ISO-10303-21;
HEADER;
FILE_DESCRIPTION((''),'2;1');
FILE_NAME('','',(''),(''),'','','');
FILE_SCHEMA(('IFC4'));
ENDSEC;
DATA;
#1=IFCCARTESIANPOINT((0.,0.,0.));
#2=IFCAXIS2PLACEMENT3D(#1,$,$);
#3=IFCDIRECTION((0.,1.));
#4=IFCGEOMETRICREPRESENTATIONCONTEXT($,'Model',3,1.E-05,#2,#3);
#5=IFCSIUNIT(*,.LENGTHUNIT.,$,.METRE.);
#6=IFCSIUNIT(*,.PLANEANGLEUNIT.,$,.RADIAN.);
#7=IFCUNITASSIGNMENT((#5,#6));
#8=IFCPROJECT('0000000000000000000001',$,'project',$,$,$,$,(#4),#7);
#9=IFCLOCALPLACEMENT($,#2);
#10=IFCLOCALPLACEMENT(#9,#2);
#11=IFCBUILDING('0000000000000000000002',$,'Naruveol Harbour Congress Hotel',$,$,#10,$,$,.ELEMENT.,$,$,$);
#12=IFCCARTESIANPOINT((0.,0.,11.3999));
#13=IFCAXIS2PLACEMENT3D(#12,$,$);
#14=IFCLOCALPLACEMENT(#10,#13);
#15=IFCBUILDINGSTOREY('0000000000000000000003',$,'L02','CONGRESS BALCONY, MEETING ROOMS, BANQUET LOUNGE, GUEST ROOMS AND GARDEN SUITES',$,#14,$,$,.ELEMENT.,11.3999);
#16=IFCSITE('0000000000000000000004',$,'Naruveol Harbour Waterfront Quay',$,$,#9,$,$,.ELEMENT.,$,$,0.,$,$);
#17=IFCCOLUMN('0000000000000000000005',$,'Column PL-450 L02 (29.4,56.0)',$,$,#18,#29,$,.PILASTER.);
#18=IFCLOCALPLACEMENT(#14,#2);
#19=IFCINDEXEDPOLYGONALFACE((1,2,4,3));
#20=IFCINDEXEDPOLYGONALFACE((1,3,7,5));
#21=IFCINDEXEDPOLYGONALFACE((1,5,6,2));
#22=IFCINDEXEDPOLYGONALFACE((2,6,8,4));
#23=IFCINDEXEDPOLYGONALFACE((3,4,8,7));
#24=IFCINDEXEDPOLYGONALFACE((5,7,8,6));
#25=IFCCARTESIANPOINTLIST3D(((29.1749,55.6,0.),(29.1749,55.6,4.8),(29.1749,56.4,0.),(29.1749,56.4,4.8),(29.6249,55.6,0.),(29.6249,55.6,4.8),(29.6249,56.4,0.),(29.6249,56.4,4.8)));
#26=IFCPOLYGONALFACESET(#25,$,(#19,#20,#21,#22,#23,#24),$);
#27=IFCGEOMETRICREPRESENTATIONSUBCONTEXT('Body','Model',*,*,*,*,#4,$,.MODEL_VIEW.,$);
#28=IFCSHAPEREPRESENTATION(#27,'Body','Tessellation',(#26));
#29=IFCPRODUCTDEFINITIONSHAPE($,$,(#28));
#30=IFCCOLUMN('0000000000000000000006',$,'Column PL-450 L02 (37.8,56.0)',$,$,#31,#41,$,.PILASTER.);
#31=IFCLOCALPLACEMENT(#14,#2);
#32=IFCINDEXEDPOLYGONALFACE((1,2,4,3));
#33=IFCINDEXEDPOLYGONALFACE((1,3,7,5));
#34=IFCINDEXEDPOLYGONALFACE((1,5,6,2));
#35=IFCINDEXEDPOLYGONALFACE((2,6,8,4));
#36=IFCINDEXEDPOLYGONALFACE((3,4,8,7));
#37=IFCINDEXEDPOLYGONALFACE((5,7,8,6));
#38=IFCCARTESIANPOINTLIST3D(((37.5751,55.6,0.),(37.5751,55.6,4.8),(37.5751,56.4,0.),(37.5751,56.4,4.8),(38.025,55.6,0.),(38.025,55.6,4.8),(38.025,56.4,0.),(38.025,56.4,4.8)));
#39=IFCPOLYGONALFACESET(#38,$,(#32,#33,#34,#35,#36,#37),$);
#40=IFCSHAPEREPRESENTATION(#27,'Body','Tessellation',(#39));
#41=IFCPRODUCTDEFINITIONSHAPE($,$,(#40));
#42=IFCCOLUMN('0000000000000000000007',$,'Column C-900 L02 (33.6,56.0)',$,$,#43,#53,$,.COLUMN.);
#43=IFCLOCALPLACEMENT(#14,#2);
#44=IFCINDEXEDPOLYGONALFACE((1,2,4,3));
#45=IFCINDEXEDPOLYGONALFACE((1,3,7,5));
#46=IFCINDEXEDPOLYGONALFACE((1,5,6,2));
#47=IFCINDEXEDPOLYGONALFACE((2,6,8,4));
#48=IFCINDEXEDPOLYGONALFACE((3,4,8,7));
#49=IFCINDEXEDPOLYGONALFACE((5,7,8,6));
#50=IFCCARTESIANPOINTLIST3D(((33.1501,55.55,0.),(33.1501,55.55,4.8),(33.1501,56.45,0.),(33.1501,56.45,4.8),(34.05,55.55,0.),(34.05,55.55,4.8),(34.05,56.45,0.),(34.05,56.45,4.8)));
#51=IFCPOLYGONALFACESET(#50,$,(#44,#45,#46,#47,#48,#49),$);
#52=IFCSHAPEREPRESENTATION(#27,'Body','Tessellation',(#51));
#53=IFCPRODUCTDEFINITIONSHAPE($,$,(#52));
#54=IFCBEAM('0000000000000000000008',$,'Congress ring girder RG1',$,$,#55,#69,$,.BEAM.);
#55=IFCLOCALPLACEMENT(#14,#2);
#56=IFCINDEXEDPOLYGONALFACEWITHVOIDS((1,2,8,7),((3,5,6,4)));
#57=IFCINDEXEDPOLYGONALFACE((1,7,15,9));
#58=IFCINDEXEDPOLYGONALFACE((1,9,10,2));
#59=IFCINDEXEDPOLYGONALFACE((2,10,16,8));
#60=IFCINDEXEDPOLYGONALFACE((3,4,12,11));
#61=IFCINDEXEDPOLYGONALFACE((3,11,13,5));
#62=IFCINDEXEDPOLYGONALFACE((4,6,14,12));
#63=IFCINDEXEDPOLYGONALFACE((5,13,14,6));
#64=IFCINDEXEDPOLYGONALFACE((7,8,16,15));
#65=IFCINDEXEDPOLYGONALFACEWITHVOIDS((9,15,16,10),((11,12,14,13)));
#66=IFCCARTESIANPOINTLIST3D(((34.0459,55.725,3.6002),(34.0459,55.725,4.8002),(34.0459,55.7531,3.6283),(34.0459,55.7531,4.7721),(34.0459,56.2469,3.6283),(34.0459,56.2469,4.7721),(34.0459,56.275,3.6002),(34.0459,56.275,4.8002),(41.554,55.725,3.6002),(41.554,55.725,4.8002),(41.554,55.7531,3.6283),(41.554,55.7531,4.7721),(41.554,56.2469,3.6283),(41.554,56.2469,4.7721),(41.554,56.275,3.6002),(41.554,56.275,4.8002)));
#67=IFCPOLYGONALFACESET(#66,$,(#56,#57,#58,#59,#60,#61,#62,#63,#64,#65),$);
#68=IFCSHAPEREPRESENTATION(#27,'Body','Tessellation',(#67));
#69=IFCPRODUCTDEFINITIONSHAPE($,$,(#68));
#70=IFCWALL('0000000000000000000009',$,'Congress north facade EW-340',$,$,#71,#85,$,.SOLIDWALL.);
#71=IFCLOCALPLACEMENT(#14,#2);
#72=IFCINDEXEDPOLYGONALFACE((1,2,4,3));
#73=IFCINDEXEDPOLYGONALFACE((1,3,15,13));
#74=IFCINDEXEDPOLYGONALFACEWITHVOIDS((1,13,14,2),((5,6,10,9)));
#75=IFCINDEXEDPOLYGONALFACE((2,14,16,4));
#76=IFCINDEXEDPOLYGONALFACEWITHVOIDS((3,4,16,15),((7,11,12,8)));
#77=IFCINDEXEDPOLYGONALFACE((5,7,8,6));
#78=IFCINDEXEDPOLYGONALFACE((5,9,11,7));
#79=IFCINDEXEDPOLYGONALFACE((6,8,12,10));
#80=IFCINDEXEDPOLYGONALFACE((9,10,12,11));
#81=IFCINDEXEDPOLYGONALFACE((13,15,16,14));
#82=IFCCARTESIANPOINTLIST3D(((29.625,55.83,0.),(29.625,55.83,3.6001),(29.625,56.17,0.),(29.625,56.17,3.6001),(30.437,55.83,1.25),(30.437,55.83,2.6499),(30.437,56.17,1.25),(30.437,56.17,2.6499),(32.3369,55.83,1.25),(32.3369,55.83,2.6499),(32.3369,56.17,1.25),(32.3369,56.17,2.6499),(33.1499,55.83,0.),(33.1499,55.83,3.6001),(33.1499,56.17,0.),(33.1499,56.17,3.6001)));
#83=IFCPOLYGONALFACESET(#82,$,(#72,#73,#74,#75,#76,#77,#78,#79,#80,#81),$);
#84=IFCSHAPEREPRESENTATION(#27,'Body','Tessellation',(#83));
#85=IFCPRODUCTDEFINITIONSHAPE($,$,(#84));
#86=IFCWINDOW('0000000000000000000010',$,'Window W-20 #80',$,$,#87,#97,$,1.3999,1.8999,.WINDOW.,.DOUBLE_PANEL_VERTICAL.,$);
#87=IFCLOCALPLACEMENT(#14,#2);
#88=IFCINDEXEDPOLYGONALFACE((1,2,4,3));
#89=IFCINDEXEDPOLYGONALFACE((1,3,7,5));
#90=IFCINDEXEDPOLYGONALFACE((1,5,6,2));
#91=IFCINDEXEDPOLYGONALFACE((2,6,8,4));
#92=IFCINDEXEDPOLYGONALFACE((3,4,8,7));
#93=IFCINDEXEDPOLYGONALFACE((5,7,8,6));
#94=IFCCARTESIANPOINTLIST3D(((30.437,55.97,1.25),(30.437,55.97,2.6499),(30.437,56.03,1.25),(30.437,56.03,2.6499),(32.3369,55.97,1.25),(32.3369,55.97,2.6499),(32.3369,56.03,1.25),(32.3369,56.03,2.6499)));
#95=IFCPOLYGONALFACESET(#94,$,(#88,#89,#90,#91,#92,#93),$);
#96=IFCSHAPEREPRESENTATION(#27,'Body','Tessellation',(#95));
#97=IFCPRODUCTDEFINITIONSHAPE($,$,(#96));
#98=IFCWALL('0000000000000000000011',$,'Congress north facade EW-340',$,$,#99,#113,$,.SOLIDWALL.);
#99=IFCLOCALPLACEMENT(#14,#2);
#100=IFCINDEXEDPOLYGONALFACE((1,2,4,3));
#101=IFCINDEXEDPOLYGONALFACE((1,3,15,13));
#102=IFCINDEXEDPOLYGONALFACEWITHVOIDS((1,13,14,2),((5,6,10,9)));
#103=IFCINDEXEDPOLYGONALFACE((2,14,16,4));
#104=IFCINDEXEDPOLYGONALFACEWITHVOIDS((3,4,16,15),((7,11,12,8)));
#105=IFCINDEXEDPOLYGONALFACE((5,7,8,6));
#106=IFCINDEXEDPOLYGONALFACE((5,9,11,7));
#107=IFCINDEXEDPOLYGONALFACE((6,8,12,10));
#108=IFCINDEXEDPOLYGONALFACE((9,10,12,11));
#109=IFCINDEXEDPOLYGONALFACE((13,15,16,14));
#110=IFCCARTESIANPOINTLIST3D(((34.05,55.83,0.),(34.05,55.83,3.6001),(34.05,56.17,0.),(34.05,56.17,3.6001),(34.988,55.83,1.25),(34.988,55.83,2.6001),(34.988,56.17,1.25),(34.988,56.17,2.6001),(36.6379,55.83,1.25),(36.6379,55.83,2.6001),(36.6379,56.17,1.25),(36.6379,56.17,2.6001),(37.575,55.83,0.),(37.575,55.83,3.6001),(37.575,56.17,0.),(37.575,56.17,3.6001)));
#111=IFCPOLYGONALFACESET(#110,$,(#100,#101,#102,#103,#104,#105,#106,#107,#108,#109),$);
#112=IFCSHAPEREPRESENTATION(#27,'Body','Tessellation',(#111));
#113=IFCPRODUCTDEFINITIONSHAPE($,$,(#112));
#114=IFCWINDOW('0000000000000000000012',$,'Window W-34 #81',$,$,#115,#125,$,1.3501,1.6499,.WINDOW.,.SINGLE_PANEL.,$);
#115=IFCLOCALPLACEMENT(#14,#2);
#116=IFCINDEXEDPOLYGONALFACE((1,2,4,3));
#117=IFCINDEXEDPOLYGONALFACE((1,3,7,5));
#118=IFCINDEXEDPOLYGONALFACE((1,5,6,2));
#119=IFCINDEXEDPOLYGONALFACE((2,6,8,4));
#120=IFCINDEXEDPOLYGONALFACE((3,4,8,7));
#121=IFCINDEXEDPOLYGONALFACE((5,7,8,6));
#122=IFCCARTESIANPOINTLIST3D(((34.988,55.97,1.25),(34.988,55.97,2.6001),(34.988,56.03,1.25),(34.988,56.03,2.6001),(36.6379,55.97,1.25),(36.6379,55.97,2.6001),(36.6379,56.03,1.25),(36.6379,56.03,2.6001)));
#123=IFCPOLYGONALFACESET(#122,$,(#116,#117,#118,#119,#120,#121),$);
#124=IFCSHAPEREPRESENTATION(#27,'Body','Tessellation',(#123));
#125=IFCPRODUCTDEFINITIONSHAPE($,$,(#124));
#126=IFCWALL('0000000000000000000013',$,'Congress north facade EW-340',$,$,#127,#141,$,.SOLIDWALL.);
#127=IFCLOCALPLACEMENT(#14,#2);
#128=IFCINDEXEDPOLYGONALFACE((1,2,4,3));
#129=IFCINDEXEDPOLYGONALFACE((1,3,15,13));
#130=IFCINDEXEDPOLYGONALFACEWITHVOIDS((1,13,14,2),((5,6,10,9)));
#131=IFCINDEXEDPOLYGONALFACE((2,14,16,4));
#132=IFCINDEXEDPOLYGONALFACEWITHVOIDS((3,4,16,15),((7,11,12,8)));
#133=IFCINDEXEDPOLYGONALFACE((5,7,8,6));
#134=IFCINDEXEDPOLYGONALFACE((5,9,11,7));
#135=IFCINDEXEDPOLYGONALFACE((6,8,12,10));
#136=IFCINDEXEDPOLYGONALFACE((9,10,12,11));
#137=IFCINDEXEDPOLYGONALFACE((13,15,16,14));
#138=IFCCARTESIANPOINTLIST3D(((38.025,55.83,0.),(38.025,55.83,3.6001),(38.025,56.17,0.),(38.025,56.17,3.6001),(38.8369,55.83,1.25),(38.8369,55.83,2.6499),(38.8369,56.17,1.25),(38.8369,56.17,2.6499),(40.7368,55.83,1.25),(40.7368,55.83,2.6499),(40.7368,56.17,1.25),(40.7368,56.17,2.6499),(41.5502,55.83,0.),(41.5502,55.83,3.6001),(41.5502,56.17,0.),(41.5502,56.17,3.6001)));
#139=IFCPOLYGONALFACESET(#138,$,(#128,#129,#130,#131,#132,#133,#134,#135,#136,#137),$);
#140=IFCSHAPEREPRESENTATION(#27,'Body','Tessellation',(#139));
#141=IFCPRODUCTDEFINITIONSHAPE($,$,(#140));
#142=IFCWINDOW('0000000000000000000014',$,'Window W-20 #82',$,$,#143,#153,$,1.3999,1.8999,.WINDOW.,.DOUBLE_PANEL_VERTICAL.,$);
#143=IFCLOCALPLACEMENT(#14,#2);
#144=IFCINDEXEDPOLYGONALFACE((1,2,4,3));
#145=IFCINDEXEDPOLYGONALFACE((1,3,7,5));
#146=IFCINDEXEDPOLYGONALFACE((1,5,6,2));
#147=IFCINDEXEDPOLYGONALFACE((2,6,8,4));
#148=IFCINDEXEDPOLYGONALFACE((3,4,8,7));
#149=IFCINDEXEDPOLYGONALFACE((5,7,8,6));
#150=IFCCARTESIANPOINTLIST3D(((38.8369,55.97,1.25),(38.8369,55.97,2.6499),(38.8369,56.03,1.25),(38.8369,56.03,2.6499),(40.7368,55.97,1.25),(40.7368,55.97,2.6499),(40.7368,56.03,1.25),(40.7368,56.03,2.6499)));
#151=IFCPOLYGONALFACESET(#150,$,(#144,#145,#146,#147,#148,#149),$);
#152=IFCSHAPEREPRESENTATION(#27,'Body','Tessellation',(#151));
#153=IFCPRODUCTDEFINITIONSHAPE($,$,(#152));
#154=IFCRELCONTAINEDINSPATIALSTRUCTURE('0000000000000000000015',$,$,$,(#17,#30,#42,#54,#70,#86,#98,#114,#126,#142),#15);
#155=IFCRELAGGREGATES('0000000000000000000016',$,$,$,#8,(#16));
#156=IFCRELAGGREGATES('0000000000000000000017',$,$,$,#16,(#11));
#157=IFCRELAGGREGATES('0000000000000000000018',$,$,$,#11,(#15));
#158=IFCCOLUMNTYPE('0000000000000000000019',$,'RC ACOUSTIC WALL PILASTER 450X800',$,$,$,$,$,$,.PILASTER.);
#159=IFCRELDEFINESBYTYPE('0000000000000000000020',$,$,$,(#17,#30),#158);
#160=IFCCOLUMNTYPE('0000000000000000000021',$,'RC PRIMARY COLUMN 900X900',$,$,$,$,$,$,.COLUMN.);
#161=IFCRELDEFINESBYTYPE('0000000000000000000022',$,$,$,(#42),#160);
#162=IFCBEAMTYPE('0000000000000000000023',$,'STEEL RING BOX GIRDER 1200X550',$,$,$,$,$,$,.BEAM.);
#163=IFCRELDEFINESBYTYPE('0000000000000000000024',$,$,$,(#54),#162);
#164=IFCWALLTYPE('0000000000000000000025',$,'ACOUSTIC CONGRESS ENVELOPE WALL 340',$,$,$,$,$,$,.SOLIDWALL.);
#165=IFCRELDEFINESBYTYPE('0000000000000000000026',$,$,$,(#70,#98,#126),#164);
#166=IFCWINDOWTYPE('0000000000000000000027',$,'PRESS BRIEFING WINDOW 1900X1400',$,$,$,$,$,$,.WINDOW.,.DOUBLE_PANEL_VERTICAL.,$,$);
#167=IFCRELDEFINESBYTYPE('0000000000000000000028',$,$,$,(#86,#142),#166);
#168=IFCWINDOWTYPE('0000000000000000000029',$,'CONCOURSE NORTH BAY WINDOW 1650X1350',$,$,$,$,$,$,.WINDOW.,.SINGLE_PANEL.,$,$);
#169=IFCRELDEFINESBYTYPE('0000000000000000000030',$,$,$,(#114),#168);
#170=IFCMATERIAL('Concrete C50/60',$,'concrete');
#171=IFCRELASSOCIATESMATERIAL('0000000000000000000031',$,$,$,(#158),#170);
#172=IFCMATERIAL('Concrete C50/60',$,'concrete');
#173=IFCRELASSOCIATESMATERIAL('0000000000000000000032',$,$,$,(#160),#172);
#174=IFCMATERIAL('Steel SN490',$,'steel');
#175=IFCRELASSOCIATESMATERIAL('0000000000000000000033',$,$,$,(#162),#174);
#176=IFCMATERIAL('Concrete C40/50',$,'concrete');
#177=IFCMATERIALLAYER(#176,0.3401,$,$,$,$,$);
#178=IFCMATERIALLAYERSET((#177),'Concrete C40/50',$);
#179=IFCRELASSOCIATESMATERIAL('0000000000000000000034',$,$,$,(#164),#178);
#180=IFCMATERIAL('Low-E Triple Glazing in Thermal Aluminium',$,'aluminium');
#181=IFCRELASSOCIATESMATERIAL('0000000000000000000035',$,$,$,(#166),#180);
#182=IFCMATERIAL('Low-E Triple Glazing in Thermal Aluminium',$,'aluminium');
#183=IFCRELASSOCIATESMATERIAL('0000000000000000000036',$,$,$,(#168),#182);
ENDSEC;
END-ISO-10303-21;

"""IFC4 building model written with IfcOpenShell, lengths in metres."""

from ifc_helpers import new_model, si_unit, direction, frame, frame_2d, origin, origin_2d, place, context, subcontext, project, spatial, rectangle, hollow_rectangle, extrude, material, layer, layer_set, material_profile, profile_set, type_object, element, fill, save


model = new_model("IFC4")

# Units and contexts
model_context = context("Model", 3, precision=1e-05, world=origin(), true_north=direction((0.0, 1.0)))
body_context = subcontext(model_context, "Body", "Model", "MODEL_VIEW")
ifc_project = project(units=[si_unit("LENGTHUNIT", "METRE"), si_unit("PLANEANGLEUNIT", "RADIAN")], contexts=[model_context])

# Site, building, storey
site_placement = place(None, origin())
site = spatial("IfcSite", under=ifc_project, at=site_placement, Name="Naruveol Harbour Waterfront Quay", CompositionType="ELEMENT", RefElevation=0.0)
building_placement = place(site_placement, origin())
building = spatial("IfcBuilding", under=site, at=building_placement, Name="Naruveol Harbour Congress Hotel", CompositionType="ELEMENT")
storey_placement = place(building_placement, frame((0.0, 0.0, 11.3999)))
storey = spatial("IfcBuildingStorey", under=building, at=storey_placement, Name="L02", Description="CONGRESS BALCONY, MEETING ROOMS, BANQUET LOUNGE, GUEST ROOMS AND GARDEN SUITES", CompositionType="ELEMENT", Elevation=11.3999)

# Columns
ifc_material_1 = material(Name="Concrete C50/60", Category="concrete")
ifc_material_profile_1 = material_profile(ifc_material_1, rectangle(XDim=0.45, YDim=0.8, at=origin_2d()), Name="RC-450x800")
ifc_profile_set_1 = profile_set([ifc_material_profile_1], Name="Concrete C50/60")
column_type_1 = type_object("IfcColumnType", Name="RC ACOUSTIC WALL PILASTER 450X800", PredefinedType="PILASTER", material=ifc_profile_set_1)
for number, where, z_axis, x_axis, name in (
    (1, (29.3999, 56.0, 0.0), (0.0, 0.0, 1.0), (1.0, 0.0, 0.0), "Column PL-450 L02 (29.4,56.0)"),
    (2, (37.8, 56.0, 0.0), (0.0, 0.0, 1.0), (1.0, 0.0, 0.0), "Column PL-450 L02 (37.8,56.0)"),
):
    element("IfcColumn", number, at=place(storey_placement, frame(where, z_axis=z_axis, x_axis=x_axis)), inside=storey, type_object=column_type_1, Name=name, PredefinedType="PILASTER", context=body_context, shape_type="SweptSolid", body=[
        extrude(rectangle(XDim=0.45, YDim=0.8, at=origin_2d()), origin(), (0.0, 0.0, 1.0), 4.8),
    ])
ifc_material_2 = material(Name="Concrete C50/60", Category="concrete")
ifc_material_profile_2 = material_profile(ifc_material_2, rectangle(XDim=0.8999, YDim=0.8999, at=origin_2d()), Name="RC-900x900")
ifc_profile_set_2 = profile_set([ifc_material_profile_2], Name="Concrete C50/60")
column_type_2 = type_object("IfcColumnType", Name="RC PRIMARY COLUMN 900X900", PredefinedType="COLUMN", material=ifc_profile_set_2)
column_placement = place(storey_placement, frame((33.6001, 56.0, 0.0), z_axis=(0.0, 0.0, 1.0), x_axis=(1.0, 0.0, 0.0)))
element("IfcColumn", 3, at=column_placement, inside=storey, type_object=column_type_2, Name="Column C-900 L02 (33.6,56.0)", PredefinedType="COLUMN", context=body_context, shape_type="SweptSolid", body=[
    extrude(rectangle(XDim=0.8999, YDim=0.8999, at=origin_2d()), origin(), (0.0, 0.0, 1.0), 4.8),
])

# Beam
ifc_material_3 = material(Name="Steel SN490", Category="steel")
ifc_material_profile_3 = material_profile(ifc_material_3, hollow_rectangle(XDim=0.55, YDim=1.2, WallThickness=0.0281, at=origin_2d()), Name="RHS-1200x550x28")
ifc_profile_set_3 = profile_set([ifc_material_profile_3], Name="Steel SN490")
beam_type = type_object("IfcBeamType", Name="STEEL RING BOX GIRDER 1200X550", PredefinedType="BEAM", material=ifc_profile_set_3)
beam_placement = place(storey_placement, frame((34.0459, 56.0, 4.2002), z_axis=(1.0, 0.0, 0.0), x_axis=(0.0, 1.0, 0.0)))
element("IfcBeam", 4, at=beam_placement, inside=storey, type_object=beam_type, Name="Congress ring girder RG1", PredefinedType="BEAM", context=body_context, shape_type="SweptSolid", body=[
    extrude(hollow_rectangle(XDim=0.55, YDim=1.2, WallThickness=0.0281, at=origin_2d()), origin(), (0.0, 0.0, 1.0), 7.5081),
])

# Walls, openings, windows
ifc_material_4 = material(Name="Concrete C40/50", Category="concrete")
ifc_layer_1 = layer(ifc_material_4, 0.3401)
ifc_layer_set_1 = layer_set([ifc_layer_1], Name="Concrete C40/50")
wall_type_1 = type_object("IfcWallType", Name="ACOUSTIC CONGRESS ENVELOPE WALL 340", PredefinedType="SOLIDWALL", material=ifc_layer_set_1)
wall_1_placement = place(storey_placement, frame((29.625, 56.0, 0.0), z_axis=(0.0, 0.0, 1.0), x_axis=(1.0, 0.0, 0.0)))
wall_1 = element("IfcWall", 5, at=wall_1_placement, inside=storey, type_object=wall_type_1, Name="Congress north facade EW-340", PredefinedType="SOLIDWALL", context=body_context, shape_type="SweptSolid", body=[
    extrude(rectangle(XDim=3.5249, YDim=0.3401, at=frame_2d((1.7625, 0.0))), origin(), (0.0, 0.0, 1.0), 3.6001),
])
opening_1_placement = place(wall_1_placement, frame((0.812, 0.0, 1.25)))
opening_1 = element("IfcOpeningElement", 6, at=opening_1_placement, cuts=wall_1, PredefinedType="OPENING", context=body_context, shape_type="SweptSolid", body=[
    extrude(rectangle(XDim=1.8999, YDim=1.3999, at=frame_2d((0.95, 0.7))), frame((0.0, 0.1799, 0.0), z_axis=(0.0, -1.0, 0.0), x_axis=(1.0, 0.0, 0.0)), (0.0, 0.0, 1.0), 0.3601),
])
ifc_material_5 = material(Name="Low-E Triple Glazing in Thermal Aluminium", Category="aluminium")
window_type_1 = type_object("IfcWindowType", Name="PRESS BRIEFING WINDOW 1900X1400", PartitioningType="DOUBLE_PANEL_VERTICAL", PredefinedType="WINDOW", material=ifc_material_5)
window_1_placement = place(opening_1_placement, origin())
window_1 = element("IfcWindow", 7, at=window_1_placement, inside=storey, type_object=window_type_1, Name="Window W-20 #80", OverallHeight=1.3999, OverallWidth=1.8999, PartitioningType="DOUBLE_PANEL_VERTICAL", PredefinedType="WINDOW", context=body_context, shape_type="SweptSolid", body=[
    extrude(rectangle(XDim=1.8999, YDim=1.3999, at=frame_2d((0.95, 0.7))), frame((0.0, 0.03, 0.0), z_axis=(0.0, -1.0, 0.0), x_axis=(1.0, 0.0, 0.0)), (0.0, 0.0, 1.0), 0.0601),
])
fill(opening_1, window_1)
wall_2_placement = place(storey_placement, frame((34.05, 56.0, 0.0), z_axis=(0.0, 0.0, 1.0), x_axis=(1.0, 0.0, 0.0)))
wall_2 = element("IfcWall", 8, at=wall_2_placement, inside=storey, type_object=wall_type_1, Name="Congress north facade EW-340", PredefinedType="SOLIDWALL", context=body_context, shape_type="SweptSolid", body=[
    extrude(rectangle(XDim=3.5249, YDim=0.3401, at=frame_2d((1.7625, 0.0))), origin(), (0.0, 0.0, 1.0), 3.6001),
])
opening_2_placement = place(wall_2_placement, frame((0.938, 0.0, 1.25)))
opening_2 = element("IfcOpeningElement", 9, at=opening_2_placement, cuts=wall_2, PredefinedType="OPENING", context=body_context, shape_type="SweptSolid", body=[
    extrude(rectangle(XDim=1.6499, YDim=1.3501, at=frame_2d((0.825, 0.675))), frame((0.0, 0.1799, 0.0), z_axis=(0.0, -1.0, 0.0), x_axis=(1.0, 0.0, 0.0)), (0.0, 0.0, 1.0), 0.3601),
])
ifc_material_6 = material(Name="Low-E Triple Glazing in Thermal Aluminium", Category="aluminium")
window_type_2 = type_object("IfcWindowType", Name="CONCOURSE NORTH BAY WINDOW 1650X1350", PartitioningType="SINGLE_PANEL", PredefinedType="WINDOW", material=ifc_material_6)
window_2_placement = place(opening_2_placement, origin())
window_2 = element("IfcWindow", 10, at=window_2_placement, inside=storey, type_object=window_type_2, Name="Window W-34 #81", OverallHeight=1.3501, OverallWidth=1.6499, PartitioningType="SINGLE_PANEL", PredefinedType="WINDOW", context=body_context, shape_type="SweptSolid", body=[
    extrude(rectangle(XDim=1.6499, YDim=1.3501, at=frame_2d((0.825, 0.675))), frame((0.0, 0.03, 0.0), z_axis=(0.0, -1.0, 0.0), x_axis=(1.0, 0.0, 0.0)), (0.0, 0.0, 1.0), 0.0601),
])
fill(opening_2, window_2)
wall_3_placement = place(storey_placement, frame((38.0249, 56.0, 0.0), z_axis=(0.0, 0.0, 1.0), x_axis=(1.0, 0.0, 0.0)))
wall_3 = element("IfcWall", 11, at=wall_3_placement, inside=storey, type_object=wall_type_1, Name="Congress north facade EW-340", PredefinedType="SOLIDWALL", context=body_context, shape_type="SweptSolid", body=[
    extrude(rectangle(XDim=3.5251, YDim=0.3401, at=frame_2d((1.7627, 0.0))), origin(), (0.0, 0.0, 1.0), 3.6001),
])
opening_3_placement = place(wall_3_placement, frame((0.812, 0.0, 1.25)))
opening_3 = element("IfcOpeningElement", 12, at=opening_3_placement, cuts=wall_3, PredefinedType="OPENING", context=body_context, shape_type="SweptSolid", body=[
    extrude(rectangle(XDim=1.8999, YDim=1.3999, at=frame_2d((0.95, 0.7))), frame((0.0, 0.1799, 0.0), z_axis=(0.0, -1.0, 0.0), x_axis=(1.0, 0.0, 0.0)), (0.0, 0.0, 1.0), 0.3601),
])
window_3_placement = place(opening_3_placement, origin())
window_3 = element("IfcWindow", 13, at=window_3_placement, inside=storey, type_object=window_type_1, Name="Window W-20 #82", OverallHeight=1.3999, OverallWidth=1.8999, PartitioningType="DOUBLE_PANEL_VERTICAL", PredefinedType="WINDOW", context=body_context, shape_type="SweptSolid", body=[
    extrude(rectangle(XDim=1.8999, YDim=1.3999, at=frame_2d((0.95, 0.7))), frame((0.0, 0.03, 0.0), z_axis=(0.0, -1.0, 0.0), x_axis=(1.0, 0.0, 0.0)), (0.0, 0.0, 1.0), 0.0601),
])
fill(opening_3, window_3)

save(model, "model.ifc")
